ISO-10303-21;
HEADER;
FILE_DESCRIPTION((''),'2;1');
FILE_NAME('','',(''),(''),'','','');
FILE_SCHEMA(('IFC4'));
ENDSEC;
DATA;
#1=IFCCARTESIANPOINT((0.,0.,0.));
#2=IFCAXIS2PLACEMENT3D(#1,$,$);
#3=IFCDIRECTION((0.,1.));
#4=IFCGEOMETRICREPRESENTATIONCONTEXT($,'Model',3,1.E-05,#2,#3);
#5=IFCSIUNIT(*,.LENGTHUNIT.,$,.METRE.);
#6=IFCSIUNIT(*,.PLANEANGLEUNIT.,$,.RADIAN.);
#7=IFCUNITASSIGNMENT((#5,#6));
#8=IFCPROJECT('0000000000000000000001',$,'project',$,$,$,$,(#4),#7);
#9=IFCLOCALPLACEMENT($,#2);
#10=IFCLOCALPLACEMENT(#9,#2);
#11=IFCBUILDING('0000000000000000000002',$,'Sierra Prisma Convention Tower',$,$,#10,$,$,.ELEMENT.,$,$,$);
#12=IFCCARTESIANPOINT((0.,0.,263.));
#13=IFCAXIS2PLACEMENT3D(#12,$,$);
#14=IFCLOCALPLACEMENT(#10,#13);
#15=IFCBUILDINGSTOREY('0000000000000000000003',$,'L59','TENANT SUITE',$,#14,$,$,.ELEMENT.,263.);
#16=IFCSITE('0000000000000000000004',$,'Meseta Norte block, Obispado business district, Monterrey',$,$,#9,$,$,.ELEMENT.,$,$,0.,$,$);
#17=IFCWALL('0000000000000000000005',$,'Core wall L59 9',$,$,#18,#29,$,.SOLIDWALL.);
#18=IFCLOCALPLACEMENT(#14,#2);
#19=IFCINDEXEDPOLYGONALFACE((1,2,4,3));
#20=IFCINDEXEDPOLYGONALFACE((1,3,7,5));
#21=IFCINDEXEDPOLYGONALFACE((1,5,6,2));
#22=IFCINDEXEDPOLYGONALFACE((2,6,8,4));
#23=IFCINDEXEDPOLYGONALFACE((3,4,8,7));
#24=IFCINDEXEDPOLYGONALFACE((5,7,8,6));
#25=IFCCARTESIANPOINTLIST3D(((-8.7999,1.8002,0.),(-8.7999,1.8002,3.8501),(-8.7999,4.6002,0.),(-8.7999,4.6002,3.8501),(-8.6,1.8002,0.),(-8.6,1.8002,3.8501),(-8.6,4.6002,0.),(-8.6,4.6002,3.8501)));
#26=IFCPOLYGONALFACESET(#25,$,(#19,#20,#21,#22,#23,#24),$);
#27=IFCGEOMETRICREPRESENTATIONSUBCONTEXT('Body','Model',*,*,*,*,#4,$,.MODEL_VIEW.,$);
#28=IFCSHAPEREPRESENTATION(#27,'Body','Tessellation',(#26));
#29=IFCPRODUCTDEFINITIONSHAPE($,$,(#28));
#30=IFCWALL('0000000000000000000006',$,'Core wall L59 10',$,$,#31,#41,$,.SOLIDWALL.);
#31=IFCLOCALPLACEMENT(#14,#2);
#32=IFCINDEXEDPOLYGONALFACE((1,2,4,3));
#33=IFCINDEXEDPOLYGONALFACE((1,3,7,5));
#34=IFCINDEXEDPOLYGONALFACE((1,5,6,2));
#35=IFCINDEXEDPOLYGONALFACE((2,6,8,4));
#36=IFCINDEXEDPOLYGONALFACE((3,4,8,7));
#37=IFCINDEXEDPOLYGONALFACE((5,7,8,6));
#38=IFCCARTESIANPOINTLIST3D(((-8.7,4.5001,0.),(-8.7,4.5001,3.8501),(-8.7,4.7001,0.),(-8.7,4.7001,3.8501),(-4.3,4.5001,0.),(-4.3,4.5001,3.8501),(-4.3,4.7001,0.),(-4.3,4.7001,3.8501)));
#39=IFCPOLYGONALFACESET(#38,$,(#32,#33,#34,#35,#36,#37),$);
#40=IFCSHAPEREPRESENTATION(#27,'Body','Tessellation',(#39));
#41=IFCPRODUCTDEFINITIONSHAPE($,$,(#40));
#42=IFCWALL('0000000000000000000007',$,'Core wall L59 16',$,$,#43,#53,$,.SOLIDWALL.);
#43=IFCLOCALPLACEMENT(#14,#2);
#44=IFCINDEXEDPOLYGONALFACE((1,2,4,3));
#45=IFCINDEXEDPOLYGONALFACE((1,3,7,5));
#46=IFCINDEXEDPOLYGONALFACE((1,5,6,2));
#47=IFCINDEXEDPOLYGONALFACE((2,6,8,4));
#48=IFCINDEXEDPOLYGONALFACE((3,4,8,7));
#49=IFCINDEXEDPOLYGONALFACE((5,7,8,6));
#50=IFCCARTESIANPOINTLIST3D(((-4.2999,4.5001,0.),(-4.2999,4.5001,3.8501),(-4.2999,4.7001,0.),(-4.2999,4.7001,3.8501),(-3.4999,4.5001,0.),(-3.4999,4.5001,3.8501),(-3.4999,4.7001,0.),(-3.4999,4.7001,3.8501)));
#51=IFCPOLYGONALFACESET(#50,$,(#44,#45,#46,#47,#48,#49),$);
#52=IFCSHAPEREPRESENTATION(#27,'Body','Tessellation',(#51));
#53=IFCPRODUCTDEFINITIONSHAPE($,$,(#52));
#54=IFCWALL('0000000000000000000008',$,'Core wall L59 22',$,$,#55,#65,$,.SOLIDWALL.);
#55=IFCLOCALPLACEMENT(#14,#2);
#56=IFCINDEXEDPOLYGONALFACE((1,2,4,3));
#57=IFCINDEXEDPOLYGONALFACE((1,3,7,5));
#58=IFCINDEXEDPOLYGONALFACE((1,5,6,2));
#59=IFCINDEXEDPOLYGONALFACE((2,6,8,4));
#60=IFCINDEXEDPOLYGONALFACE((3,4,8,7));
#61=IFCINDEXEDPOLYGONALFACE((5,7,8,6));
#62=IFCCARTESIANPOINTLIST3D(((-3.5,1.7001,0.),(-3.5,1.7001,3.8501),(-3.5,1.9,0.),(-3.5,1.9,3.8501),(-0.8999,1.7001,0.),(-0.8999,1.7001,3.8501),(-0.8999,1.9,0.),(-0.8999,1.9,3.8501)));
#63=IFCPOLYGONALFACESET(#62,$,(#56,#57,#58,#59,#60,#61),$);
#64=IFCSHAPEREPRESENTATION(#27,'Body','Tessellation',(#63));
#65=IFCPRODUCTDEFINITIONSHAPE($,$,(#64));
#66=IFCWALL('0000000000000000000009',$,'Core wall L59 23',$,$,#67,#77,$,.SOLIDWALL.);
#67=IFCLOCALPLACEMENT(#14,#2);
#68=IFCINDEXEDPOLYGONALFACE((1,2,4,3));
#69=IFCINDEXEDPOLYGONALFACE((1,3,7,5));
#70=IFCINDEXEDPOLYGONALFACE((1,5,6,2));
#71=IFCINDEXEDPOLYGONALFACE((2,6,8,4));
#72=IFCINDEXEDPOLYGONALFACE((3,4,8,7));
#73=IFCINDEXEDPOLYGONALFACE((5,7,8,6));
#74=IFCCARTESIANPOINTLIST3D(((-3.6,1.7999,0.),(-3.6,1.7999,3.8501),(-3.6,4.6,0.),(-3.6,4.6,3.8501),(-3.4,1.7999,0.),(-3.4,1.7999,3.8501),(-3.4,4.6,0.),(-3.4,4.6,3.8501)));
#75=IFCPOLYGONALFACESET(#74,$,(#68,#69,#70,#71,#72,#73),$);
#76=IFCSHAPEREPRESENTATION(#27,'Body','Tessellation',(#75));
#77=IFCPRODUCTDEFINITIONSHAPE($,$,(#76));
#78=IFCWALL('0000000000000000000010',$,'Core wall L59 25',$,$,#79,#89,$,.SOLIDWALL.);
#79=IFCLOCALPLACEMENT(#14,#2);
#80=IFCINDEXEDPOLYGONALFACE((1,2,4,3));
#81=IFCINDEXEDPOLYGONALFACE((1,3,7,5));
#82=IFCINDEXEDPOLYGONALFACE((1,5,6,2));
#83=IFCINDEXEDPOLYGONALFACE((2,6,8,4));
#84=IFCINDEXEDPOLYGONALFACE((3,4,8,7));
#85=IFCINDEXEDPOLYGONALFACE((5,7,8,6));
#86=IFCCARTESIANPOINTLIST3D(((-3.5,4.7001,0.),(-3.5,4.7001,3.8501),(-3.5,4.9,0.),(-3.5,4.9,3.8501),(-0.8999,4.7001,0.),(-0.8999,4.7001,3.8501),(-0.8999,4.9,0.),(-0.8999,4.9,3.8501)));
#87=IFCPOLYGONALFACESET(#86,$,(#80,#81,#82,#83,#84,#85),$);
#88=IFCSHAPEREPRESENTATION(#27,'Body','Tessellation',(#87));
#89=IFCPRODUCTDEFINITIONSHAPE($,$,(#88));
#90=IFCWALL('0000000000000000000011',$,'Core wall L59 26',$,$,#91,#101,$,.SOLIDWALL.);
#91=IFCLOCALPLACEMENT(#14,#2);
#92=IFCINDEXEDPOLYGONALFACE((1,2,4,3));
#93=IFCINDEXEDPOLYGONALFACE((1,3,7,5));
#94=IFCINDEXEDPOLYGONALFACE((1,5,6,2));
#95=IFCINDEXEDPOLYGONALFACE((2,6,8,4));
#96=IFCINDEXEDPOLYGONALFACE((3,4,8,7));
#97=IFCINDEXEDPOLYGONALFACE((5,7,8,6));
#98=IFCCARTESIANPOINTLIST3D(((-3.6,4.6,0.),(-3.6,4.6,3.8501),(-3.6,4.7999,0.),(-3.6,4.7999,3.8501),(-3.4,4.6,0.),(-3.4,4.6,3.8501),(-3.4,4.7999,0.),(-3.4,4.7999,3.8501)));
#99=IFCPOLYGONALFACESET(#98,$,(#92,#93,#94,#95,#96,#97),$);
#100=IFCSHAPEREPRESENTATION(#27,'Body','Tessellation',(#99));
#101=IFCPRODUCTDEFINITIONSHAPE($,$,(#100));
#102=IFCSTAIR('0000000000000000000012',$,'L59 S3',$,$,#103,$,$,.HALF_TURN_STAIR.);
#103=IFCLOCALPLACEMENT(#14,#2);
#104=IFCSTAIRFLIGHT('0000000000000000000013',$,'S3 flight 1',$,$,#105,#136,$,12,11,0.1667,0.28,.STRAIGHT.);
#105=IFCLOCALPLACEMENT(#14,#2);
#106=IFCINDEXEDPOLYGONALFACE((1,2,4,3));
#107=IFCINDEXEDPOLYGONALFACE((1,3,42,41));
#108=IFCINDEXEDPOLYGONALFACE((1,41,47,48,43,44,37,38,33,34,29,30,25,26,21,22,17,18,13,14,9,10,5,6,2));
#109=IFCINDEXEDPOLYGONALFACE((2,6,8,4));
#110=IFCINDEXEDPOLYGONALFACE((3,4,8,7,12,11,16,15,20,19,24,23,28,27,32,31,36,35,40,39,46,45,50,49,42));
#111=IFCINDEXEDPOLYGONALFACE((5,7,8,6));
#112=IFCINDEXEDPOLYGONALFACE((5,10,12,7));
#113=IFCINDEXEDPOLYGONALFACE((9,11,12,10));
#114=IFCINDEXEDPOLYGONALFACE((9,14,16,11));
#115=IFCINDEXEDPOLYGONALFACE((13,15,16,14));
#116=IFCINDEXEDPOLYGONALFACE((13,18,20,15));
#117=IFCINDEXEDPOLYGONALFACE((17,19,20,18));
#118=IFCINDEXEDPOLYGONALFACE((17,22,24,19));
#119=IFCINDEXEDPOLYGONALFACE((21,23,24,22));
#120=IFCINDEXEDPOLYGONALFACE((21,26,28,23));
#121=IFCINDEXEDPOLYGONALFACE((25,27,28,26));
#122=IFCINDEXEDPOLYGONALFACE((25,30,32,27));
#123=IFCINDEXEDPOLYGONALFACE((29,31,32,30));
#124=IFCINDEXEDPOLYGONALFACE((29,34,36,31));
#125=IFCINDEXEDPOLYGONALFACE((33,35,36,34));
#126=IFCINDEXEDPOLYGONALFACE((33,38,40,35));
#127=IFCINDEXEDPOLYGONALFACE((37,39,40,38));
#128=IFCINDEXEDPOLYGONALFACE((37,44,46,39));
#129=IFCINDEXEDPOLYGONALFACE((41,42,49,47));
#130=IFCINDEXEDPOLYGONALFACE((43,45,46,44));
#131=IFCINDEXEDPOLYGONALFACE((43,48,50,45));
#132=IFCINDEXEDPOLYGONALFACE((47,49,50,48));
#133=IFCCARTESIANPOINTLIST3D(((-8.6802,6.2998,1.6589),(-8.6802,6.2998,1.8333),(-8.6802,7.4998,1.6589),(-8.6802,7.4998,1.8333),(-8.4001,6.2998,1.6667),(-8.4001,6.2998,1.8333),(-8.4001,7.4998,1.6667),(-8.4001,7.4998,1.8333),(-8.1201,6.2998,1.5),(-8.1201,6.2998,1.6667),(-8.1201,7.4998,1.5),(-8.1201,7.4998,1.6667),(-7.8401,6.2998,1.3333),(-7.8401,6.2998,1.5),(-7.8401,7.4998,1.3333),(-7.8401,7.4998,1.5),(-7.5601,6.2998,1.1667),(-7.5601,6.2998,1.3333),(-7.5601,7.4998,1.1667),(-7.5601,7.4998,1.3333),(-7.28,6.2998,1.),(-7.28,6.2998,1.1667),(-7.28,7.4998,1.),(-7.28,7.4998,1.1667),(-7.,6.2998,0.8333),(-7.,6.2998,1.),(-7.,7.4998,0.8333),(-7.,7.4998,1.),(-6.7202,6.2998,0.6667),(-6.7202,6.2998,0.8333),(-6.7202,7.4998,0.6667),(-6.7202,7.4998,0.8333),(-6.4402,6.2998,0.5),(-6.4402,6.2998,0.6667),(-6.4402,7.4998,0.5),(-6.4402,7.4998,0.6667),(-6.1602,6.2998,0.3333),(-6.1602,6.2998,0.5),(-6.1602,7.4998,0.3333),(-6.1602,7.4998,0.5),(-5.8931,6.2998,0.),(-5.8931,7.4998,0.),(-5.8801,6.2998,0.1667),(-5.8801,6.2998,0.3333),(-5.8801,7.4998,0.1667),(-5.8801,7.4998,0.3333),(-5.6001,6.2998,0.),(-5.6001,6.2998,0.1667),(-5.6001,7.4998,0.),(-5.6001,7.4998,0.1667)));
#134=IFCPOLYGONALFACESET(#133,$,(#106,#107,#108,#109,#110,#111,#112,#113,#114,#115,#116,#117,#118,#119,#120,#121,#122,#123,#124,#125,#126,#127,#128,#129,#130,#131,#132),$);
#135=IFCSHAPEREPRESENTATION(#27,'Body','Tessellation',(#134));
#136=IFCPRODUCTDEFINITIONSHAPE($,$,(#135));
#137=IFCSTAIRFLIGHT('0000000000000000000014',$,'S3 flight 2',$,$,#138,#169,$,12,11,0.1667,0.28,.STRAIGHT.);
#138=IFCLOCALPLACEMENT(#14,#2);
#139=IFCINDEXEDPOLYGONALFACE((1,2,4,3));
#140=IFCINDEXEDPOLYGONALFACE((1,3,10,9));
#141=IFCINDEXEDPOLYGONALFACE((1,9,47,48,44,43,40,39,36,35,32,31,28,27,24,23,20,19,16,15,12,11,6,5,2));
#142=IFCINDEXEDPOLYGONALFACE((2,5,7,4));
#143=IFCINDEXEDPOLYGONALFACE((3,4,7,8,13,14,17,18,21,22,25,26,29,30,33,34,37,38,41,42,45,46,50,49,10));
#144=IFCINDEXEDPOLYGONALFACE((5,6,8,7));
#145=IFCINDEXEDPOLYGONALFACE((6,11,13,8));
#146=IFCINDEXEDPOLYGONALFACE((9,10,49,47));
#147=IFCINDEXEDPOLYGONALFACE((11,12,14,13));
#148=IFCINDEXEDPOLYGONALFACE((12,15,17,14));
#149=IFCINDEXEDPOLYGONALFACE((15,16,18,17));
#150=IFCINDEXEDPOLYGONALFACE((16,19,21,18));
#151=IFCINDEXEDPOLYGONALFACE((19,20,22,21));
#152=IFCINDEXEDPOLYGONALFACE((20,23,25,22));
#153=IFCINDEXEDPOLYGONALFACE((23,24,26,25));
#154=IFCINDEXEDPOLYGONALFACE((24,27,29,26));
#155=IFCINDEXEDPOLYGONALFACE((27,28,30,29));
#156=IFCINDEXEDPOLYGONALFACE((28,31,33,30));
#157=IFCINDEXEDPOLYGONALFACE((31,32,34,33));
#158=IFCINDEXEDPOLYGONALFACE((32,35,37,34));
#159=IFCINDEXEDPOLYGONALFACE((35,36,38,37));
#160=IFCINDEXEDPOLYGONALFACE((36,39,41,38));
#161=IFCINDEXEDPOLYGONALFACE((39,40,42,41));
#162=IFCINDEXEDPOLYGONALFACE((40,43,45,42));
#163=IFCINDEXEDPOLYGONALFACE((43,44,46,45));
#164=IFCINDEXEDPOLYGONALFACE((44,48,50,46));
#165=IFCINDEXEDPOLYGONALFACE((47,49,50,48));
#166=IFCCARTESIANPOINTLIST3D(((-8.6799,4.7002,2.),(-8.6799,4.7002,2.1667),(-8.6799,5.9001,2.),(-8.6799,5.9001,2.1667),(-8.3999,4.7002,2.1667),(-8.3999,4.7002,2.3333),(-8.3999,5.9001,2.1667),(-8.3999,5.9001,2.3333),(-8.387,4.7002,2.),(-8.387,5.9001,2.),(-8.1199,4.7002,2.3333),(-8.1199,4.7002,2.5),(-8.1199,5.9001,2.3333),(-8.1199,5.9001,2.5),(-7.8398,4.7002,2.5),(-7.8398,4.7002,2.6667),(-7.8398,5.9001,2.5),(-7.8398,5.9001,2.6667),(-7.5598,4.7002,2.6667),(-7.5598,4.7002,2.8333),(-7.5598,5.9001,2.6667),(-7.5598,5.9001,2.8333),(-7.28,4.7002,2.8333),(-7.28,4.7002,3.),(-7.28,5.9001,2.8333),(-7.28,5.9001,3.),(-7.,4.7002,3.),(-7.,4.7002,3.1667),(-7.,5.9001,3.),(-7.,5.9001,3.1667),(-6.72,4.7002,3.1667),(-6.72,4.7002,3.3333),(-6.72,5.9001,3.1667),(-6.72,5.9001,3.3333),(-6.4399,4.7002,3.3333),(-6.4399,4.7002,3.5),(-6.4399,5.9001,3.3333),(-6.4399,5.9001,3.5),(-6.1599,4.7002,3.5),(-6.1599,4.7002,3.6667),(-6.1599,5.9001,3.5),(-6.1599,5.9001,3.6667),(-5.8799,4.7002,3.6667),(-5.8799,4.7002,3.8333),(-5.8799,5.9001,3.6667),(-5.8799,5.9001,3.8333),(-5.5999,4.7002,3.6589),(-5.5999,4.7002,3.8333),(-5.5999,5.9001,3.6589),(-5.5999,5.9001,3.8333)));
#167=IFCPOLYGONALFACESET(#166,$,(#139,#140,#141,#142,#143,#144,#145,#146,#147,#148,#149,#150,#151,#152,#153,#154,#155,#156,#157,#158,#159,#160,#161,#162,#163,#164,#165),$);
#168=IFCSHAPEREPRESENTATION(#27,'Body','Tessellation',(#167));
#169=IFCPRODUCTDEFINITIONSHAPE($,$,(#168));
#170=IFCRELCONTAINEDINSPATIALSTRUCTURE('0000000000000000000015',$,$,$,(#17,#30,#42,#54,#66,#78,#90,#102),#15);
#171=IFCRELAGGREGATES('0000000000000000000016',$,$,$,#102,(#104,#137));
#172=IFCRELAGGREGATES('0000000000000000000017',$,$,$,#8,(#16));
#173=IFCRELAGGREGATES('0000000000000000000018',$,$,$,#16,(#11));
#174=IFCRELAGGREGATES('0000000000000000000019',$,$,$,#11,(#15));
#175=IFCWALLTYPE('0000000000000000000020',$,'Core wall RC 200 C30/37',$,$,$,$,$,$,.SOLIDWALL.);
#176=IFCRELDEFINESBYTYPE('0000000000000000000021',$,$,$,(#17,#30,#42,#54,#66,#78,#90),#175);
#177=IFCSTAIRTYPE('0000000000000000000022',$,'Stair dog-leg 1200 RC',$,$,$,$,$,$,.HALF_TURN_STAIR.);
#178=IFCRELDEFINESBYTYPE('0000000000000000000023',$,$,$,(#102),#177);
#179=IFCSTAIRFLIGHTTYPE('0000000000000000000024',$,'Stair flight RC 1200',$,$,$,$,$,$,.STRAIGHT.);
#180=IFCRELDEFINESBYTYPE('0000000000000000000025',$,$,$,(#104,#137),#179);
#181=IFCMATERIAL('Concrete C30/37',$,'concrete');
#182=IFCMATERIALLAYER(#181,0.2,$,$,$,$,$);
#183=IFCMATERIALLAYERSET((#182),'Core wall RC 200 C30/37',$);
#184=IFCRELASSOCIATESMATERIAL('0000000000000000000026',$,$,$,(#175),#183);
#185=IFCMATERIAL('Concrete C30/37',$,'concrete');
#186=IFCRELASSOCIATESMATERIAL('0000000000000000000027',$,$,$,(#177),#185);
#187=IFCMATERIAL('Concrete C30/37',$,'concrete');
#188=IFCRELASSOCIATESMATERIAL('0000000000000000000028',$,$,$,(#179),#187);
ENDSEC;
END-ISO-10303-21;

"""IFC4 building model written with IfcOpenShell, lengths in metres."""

from ifc_helpers import new_model, si_unit, direction, frame, frame_2d, origin, place, context, subcontext, project, spatial, polyline, rectangle, outline, extrude, material, layer, layer_set, type_object, element, aggregate, save


model = new_model("IFC4")

# Units and contexts
model_context = context("Model", 3, precision=1e-05, world=origin(), true_north=direction((0.0, 1.0)))
body_context = subcontext(model_context, "Body", "Model", "MODEL_VIEW")
ifc_project = project(units=[si_unit("LENGTHUNIT", "METRE"), si_unit("PLANEANGLEUNIT", "RADIAN")], contexts=[model_context])

# Site, building, storey
site_placement = place(None, origin())
site = spatial("IfcSite", under=ifc_project, at=site_placement, Name="Meseta Norte block, Obispado business district, Monterrey", CompositionType="ELEMENT", RefElevation=0.0)
building_placement = place(site_placement, origin())
building = spatial("IfcBuilding", under=site, at=building_placement, Name="Sierra Prisma Convention Tower", CompositionType="ELEMENT")
storey_placement = place(building_placement, frame((0.0, 0.0, 263.0)))
storey = spatial("IfcBuildingStorey", under=building, at=storey_placement, Name="L59", Description="TENANT SUITE", CompositionType="ELEMENT", Elevation=263.0)

# Shared definitions
ifc_material_1 = material(Name="Concrete C30/37", Category="concrete")
ifc_layer_1 = layer(ifc_material_1, 0.2)
ifc_layer_set_1 = layer_set([ifc_layer_1], Name="Core wall RC 200 C30/37")
wall_type = type_object("IfcWallType", Name="Core wall RC 200 C30/37", PredefinedType="SOLIDWALL", material=ifc_layer_set_1)

# Walls
wall_1_placement = place(storey_placement, frame((-8.7, 4.6001, 0.0), z_axis=(0.0, 0.0, 1.0), x_axis=(0.0, -1.0, 0.0)))
element("IfcWall", 1, at=wall_1_placement, inside=storey, type_object=wall_type, Name="Core wall L59 9", PredefinedType="SOLIDWALL", context=body_context, shape_type="SweptSolid", body=[
    extrude(rectangle(XDim=2.8, YDim=0.2, at=frame_2d((1.3999, 0.0))), origin(), (0.0, 0.0, 1.0), 3.8501),
])
wall_2_placement = place(storey_placement, frame((-4.3, 4.6001, 0.0), z_axis=(0.0, 0.0, 1.0), x_axis=(-1.0, 0.0, 0.0)))
element("IfcWall", 2, at=wall_2_placement, inside=storey, type_object=wall_type, Name="Core wall L59 10", PredefinedType="SOLIDWALL", context=body_context, shape_type="SweptSolid", body=[
    extrude(rectangle(XDim=4.3999, YDim=0.2, at=frame_2d((2.2, 0.0))), origin(), (0.0, 0.0, 1.0), 3.8501),
])

# Wall
wall_3_placement = place(storey_placement, frame((-3.5, 4.6001, 0.0), z_axis=(0.0, 0.0, 1.0), x_axis=(-1.0, 0.0, 0.0)))
element("IfcWall", 3, at=wall_3_placement, inside=storey, type_object=wall_type, Name="Core wall L59 16", PredefinedType="SOLIDWALL", context=body_context, shape_type="SweptSolid", body=[
    extrude(rectangle(XDim=0.8, YDim=0.2, at=frame_2d((0.3999, 0.0))), origin(), (0.0, 0.0, 1.0), 3.8501),
])

# Walls
wall_4_placement = place(storey_placement, frame((-0.8999, 1.8, 0.0), z_axis=(0.0, 0.0, 1.0), x_axis=(-1.0, 0.0, 0.0)))
element("IfcWall", 4, at=wall_4_placement, inside=storey, type_object=wall_type, Name="Core wall L59 22", PredefinedType="SOLIDWALL", context=body_context, shape_type="SweptSolid", body=[
    extrude(rectangle(XDim=2.6001, YDim=0.2, at=frame_2d((1.3, 0.0))), origin(), (0.0, 0.0, 1.0), 3.8501),
])
wall_5_placement = place(storey_placement, frame((-3.5, 1.8, 0.0), z_axis=(0.0, 0.0, 1.0), x_axis=(0.0, 1.0, 0.0)))
element("IfcWall", 5, at=wall_5_placement, inside=storey, type_object=wall_type, Name="Core wall L59 23", PredefinedType="SOLIDWALL", context=body_context, shape_type="SweptSolid", body=[
    extrude(rectangle(XDim=2.8, YDim=0.2, at=frame_2d((1.3999, 0.0))), origin(), (0.0, 0.0, 1.0), 3.8501),
])

# Walls
wall_6_placement = place(storey_placement, frame((-0.8999, 4.8, 0.0), z_axis=(0.0, 0.0, 1.0), x_axis=(-1.0, 0.0, 0.0)))
element("IfcWall", 6, at=wall_6_placement, inside=storey, type_object=wall_type, Name="Core wall L59 25", PredefinedType="SOLIDWALL", context=body_context, shape_type="SweptSolid", body=[
    extrude(rectangle(XDim=2.6001, YDim=0.2, at=frame_2d((1.3, 0.0))), origin(), (0.0, 0.0, 1.0), 3.8501),
])
wall_7_placement = place(storey_placement, frame((-3.5, 4.8, 0.0), z_axis=(0.0, 0.0, 1.0), x_axis=(0.0, -1.0, 0.0)))
element("IfcWall", 7, at=wall_7_placement, inside=storey, type_object=wall_type, Name="Core wall L59 26", PredefinedType="SOLIDWALL", context=body_context, shape_type="SweptSolid", body=[
    extrude(rectangle(XDim=0.2, YDim=0.2, at=frame_2d((0.1001, 0.0))), origin(), (0.0, 0.0, 1.0), 3.8501),
])

# Stair, stair flights
ifc_material_2 = material(Name="Concrete C30/37", Category="concrete")
stair_type = type_object("IfcStairType", Name="Stair dog-leg 1200 RC", PredefinedType="HALF_TURN_STAIR", material=ifc_material_2)
stair_placement = place(storey_placement, origin())
stair = element("IfcStair", 8, at=stair_placement, inside=storey, type_object=stair_type, Name="L59 S3", PredefinedType="HALF_TURN_STAIR")
ifc_material_3 = material(Name="Concrete C30/37", Category="concrete")
stair_flight_type = type_object("IfcStairFlightType", Name="Stair flight RC 1200", PredefinedType="STRAIGHT", material=ifc_material_3)
stair_flight_1_placement = place(storey_placement, frame((-5.6001, 6.8999, 0.0), z_axis=(0.0, 0.0, 1.0), x_axis=(-1.0, 0.0, 0.0)))
stair_flight_1 = element("IfcStairFlight", 9, at=stair_flight_1_placement, type_object=stair_flight_type, Name="S3 flight 1", NumberOfRisers=12, NumberOfTreads=11, PredefinedType="STRAIGHT", RiserHeight=0.1667, TreadLength=0.28, context=body_context, shape_type="SweptSolid", body=[
    extrude(outline(polyline([(0.0, 0.0), (0.0, 0.1667), (0.28, 0.1667), (0.28, 0.3333), (0.5601, 0.3333), (0.5601, 0.5), (0.8401, 0.5), (0.8401, 0.6667), (1.1201, 0.6667), (1.1201, 0.8333), (1.3999, 0.8333), (1.3999, 1.0), (1.6799, 1.0), (1.6799, 1.1667), (1.96, 1.1667), (1.96, 1.3333), (2.24, 1.3333), (2.24, 1.5), (2.52, 1.5), (2.52, 1.6667), (2.8, 1.6667), (2.8, 1.8333), (3.0801, 1.8333), (3.0801, 2.0), (3.0801, 1.6589), (0.293, 0.0), (0.0, 0.0)])), frame((0.0, 0.6001, 0.0), z_axis=(0.0, -1.0, 0.0), x_axis=(1.0, 0.0, 0.0)), (0.0, 0.0, 1.0), 1.2),
])
stair_flight_2_placement = place(storey_placement, frame((-8.6799, 5.3, 2.0), z_axis=(0.0, 0.0, 1.0), x_axis=(1.0, 0.0, 0.0)))
stair_flight_2 = element("IfcStairFlight", 10, at=stair_flight_2_placement, type_object=stair_flight_type, Name="S3 flight 2", NumberOfRisers=12, NumberOfTreads=11, PredefinedType="STRAIGHT", RiserHeight=0.1667, TreadLength=0.28, context=body_context, shape_type="SweptSolid", body=[
    extrude(outline(polyline([(0.0, 0.0), (0.0, 0.1667), (0.28, 0.1667), (0.28, 0.3333), (0.5601, 0.3333), (0.5601, 0.5), (0.8401, 0.5), (0.8401, 0.6667), (1.1201, 0.6667), (1.1201, 0.8333), (1.3999, 0.8333), (1.3999, 1.0), (1.6799, 1.0), (1.6799, 1.1667), (1.96, 1.1667), (1.96, 1.3333), (2.24, 1.3333), (2.24, 1.5), (2.52, 1.5), (2.52, 1.6667), (2.8, 1.6667), (2.8, 1.8333), (3.0801, 1.8333), (3.0801, 2.0), (3.0801, 1.6589), (0.293, 0.0), (0.0, 0.0)])), frame((0.0, 0.6001, 0.0), z_axis=(0.0, -1.0, 0.0), x_axis=(1.0, 0.0, 0.0)), (0.0, 0.0, 1.0), 1.2),
])
aggregate(stair, [stair_flight_1, stair_flight_2])

save(model, "model.ifc")
